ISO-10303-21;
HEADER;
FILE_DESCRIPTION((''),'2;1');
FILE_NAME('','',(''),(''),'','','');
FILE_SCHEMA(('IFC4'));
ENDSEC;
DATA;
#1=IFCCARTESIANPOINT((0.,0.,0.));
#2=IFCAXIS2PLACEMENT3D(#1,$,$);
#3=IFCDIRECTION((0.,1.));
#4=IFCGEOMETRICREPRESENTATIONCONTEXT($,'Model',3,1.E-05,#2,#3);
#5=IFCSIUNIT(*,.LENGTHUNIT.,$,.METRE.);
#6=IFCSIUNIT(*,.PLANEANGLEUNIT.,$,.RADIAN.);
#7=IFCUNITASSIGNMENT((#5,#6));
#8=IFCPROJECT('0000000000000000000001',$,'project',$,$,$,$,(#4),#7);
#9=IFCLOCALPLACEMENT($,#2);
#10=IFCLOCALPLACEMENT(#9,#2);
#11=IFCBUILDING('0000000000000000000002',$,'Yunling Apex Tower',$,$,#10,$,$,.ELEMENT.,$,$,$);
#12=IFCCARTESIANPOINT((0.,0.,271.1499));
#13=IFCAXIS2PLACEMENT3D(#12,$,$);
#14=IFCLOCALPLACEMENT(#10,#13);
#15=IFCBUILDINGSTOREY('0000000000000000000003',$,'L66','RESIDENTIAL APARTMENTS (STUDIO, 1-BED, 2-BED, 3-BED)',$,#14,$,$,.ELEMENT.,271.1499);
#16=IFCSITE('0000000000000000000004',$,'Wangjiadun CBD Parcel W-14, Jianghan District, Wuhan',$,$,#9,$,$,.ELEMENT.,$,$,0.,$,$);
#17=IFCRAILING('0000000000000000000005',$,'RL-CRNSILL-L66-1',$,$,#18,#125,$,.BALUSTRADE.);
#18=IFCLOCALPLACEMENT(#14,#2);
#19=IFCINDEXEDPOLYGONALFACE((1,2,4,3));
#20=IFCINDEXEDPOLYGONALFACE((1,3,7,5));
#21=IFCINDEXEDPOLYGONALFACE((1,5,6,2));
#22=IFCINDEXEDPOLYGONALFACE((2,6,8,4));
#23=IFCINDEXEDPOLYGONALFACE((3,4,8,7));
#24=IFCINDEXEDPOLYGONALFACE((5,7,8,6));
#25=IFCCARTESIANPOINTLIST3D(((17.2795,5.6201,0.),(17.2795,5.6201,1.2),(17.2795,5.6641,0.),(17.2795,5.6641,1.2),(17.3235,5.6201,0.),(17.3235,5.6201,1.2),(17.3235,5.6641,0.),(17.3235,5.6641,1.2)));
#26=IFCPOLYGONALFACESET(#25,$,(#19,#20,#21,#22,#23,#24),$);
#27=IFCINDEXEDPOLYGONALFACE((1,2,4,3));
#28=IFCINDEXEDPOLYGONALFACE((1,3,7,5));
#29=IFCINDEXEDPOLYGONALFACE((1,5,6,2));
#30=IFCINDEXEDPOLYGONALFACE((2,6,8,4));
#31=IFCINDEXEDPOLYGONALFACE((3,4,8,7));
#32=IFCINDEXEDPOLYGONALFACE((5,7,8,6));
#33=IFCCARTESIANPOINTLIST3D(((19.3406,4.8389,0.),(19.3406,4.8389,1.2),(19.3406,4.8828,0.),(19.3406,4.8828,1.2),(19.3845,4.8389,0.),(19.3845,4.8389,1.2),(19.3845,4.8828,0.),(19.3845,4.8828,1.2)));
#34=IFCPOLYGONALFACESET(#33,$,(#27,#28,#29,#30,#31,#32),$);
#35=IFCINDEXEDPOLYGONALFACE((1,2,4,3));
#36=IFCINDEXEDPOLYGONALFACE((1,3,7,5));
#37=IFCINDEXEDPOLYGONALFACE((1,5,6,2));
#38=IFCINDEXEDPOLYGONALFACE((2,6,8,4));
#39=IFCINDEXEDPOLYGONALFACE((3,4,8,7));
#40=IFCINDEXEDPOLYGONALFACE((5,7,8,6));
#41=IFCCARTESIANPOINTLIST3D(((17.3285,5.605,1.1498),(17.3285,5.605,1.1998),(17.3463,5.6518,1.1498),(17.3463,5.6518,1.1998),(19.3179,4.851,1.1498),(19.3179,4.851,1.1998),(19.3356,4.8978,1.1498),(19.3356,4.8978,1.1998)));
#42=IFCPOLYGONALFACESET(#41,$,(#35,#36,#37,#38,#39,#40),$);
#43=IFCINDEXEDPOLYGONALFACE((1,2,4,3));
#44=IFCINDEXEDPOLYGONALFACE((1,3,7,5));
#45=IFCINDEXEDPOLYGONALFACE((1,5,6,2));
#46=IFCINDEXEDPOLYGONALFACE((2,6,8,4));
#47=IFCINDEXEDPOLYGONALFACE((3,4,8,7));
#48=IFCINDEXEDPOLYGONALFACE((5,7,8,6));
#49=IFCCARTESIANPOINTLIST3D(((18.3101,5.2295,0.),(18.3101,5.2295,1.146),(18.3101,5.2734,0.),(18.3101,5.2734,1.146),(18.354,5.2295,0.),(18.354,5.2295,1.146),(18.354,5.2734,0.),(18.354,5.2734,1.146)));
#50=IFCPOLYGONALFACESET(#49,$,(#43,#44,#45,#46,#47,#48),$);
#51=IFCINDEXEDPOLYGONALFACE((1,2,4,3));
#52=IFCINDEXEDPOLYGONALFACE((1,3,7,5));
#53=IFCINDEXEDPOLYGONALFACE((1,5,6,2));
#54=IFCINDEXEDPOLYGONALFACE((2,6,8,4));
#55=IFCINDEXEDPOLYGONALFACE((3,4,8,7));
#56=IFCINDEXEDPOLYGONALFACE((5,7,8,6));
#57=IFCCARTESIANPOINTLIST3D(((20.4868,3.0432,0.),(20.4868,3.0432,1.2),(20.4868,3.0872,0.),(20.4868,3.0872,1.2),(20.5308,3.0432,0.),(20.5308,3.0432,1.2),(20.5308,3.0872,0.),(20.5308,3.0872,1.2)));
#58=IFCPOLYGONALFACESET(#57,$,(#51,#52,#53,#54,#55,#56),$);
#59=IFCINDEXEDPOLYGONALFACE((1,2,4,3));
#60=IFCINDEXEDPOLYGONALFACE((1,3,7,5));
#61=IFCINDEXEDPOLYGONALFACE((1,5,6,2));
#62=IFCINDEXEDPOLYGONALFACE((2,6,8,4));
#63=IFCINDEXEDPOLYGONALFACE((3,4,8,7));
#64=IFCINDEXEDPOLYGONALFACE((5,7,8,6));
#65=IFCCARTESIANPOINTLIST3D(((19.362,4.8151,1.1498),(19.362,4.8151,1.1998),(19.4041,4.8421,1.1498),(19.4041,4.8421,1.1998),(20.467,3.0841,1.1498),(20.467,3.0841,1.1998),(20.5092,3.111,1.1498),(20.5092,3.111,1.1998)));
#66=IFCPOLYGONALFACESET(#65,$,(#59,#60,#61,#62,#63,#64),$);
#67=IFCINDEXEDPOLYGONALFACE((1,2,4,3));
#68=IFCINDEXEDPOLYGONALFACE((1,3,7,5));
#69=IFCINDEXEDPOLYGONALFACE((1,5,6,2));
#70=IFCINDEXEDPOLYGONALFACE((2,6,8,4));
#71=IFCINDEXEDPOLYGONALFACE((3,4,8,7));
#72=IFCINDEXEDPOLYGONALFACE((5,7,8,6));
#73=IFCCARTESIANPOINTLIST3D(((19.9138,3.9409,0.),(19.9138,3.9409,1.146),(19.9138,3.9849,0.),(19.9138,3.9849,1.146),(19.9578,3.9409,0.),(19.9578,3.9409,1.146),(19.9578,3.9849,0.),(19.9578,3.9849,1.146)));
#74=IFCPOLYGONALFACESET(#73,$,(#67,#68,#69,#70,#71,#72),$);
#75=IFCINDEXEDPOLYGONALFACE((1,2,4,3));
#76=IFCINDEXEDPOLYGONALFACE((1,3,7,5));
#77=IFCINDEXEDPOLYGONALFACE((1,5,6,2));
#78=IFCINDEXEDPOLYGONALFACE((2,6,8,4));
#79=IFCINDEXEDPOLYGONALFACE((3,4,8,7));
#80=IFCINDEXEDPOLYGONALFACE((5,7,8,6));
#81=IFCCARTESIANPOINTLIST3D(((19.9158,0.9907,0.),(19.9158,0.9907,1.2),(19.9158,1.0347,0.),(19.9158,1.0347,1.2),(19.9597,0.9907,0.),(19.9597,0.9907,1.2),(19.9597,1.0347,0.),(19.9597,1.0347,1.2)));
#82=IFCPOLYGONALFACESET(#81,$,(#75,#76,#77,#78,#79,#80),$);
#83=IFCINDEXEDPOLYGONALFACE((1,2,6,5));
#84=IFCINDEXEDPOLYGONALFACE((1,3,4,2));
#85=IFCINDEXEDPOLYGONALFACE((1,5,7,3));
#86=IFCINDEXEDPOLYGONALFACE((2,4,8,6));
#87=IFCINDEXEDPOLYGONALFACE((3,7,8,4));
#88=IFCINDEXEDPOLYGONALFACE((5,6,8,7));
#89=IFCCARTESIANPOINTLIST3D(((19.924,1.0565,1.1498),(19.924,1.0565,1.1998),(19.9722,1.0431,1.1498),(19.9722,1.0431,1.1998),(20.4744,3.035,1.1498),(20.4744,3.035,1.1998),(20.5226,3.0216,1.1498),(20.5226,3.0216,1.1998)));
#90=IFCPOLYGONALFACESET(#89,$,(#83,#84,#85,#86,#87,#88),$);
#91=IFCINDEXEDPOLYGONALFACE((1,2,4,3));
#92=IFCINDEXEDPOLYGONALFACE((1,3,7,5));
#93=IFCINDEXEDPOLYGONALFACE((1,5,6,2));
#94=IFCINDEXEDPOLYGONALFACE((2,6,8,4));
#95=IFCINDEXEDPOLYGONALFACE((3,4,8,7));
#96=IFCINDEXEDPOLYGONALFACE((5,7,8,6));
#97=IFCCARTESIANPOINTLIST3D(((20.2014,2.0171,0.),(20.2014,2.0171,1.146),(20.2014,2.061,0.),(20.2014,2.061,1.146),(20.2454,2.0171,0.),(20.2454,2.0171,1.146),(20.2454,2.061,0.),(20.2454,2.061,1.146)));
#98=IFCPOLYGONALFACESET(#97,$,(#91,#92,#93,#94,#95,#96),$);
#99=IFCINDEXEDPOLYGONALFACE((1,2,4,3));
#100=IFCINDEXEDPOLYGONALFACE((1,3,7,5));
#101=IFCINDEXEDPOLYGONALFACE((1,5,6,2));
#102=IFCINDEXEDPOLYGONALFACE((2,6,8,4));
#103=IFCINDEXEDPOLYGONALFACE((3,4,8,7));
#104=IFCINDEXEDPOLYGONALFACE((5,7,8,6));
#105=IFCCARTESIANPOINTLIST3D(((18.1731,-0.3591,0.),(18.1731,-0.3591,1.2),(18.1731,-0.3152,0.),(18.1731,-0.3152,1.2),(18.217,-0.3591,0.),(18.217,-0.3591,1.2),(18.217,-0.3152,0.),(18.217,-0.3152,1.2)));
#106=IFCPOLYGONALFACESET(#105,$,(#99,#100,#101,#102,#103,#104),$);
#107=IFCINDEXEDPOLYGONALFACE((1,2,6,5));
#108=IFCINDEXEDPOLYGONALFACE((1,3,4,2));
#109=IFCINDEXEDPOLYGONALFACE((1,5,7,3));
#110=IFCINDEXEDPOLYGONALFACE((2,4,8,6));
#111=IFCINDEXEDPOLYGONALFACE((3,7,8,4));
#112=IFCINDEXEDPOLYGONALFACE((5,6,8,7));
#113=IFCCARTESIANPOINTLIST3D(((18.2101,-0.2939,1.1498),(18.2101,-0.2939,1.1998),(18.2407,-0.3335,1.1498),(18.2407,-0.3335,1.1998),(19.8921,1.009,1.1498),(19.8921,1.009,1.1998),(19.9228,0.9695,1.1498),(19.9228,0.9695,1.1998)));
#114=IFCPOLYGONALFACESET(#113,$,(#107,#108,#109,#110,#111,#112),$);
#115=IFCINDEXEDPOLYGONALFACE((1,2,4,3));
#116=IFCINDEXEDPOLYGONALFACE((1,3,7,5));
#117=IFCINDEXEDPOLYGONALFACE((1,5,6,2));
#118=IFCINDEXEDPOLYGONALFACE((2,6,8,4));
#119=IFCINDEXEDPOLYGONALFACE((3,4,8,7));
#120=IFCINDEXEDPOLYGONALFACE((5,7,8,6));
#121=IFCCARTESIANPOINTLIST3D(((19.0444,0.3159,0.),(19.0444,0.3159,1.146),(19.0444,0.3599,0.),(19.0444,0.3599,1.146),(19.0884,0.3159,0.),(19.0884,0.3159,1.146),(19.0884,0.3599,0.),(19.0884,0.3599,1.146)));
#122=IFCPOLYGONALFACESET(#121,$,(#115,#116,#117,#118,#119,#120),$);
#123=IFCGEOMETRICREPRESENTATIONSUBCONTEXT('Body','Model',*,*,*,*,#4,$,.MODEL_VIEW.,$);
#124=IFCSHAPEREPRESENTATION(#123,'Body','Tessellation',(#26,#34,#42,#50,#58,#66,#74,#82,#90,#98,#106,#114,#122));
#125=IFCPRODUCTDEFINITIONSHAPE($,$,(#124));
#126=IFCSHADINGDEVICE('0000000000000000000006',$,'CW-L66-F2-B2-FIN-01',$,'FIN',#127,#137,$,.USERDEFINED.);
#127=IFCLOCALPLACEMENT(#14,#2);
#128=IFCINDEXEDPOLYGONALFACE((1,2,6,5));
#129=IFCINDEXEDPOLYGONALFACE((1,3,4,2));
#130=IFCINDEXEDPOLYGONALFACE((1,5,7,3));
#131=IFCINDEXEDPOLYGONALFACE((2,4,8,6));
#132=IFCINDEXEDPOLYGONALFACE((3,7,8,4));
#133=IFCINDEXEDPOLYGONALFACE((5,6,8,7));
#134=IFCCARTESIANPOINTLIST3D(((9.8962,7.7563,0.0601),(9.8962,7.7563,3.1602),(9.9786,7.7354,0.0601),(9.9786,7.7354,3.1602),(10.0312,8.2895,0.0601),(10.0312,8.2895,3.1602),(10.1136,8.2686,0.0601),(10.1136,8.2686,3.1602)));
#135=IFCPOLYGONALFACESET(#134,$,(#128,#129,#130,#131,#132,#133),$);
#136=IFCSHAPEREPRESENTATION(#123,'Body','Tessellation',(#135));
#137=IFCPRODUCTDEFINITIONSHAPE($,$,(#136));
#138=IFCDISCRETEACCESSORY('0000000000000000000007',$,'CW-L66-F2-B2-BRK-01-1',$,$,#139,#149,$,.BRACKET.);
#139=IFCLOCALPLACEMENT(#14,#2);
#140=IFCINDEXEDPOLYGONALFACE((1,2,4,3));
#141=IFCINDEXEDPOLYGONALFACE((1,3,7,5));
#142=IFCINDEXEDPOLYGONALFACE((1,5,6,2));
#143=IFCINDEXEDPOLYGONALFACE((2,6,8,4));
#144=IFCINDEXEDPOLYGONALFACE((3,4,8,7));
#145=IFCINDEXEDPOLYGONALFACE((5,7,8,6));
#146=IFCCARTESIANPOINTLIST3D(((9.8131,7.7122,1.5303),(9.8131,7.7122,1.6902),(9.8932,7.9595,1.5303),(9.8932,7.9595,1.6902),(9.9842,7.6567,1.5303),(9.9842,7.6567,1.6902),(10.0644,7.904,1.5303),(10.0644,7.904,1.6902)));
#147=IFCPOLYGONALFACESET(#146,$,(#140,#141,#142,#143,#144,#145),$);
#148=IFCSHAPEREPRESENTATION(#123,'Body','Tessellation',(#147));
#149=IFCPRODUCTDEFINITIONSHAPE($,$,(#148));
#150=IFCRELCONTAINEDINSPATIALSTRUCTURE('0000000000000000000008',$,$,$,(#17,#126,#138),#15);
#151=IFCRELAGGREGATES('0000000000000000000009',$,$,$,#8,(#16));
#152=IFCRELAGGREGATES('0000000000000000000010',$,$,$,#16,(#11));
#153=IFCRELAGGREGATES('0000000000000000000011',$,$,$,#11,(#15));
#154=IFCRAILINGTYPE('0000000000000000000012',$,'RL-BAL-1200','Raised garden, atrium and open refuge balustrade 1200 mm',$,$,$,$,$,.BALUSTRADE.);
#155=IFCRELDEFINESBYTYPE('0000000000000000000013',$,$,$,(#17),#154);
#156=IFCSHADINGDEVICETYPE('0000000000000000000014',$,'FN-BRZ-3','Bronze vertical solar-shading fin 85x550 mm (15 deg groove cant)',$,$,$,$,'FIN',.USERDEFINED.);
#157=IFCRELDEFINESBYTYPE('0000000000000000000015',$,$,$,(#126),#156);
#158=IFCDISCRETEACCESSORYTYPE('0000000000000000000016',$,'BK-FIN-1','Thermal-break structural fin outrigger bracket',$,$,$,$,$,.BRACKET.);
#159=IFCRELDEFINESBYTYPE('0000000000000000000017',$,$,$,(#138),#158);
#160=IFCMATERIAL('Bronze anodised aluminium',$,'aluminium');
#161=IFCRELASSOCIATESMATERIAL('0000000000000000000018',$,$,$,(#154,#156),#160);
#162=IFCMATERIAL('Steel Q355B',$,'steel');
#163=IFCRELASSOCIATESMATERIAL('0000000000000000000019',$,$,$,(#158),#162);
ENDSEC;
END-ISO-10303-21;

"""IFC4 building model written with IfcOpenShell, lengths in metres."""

from ifc_helpers import new_model, si_unit, direction, frame, origin, origin_2d, place, context, subcontext, project, spatial, rectangle, extrude, source, transform, mapped, material, material_profile, profile_set, type_object, element, save


model = new_model("IFC4")

# Units and contexts
model_context = context("Model", 3, precision=1e-05, world=origin(), true_north=direction((0.0, 1.0)))
body_context = subcontext(model_context, "Body", "Model", "MODEL_VIEW")
ifc_project = project(units=[si_unit("LENGTHUNIT", "METRE"), si_unit("PLANEANGLEUNIT", "RADIAN")], contexts=[model_context])

# Site, building, storey
site_placement = place(None, origin())
site = spatial("IfcSite", under=ifc_project, at=site_placement, Name="Wangjiadun CBD Parcel W-14, Jianghan District, Wuhan", CompositionType="ELEMENT", RefElevation=0.0)
building_placement = place(site_placement, origin())
building = spatial("IfcBuilding", under=site, at=building_placement, Name="Yunling Apex Tower", CompositionType="ELEMENT")
storey_placement = place(building_placement, frame((0.0, 0.0, 271.1499)))
storey = spatial("IfcBuildingStorey", under=building, at=storey_placement, Name="L66", Description="RESIDENTIAL APARTMENTS (STUDIO, 1-BED, 2-BED, 3-BED)", CompositionType="ELEMENT", Elevation=271.1499)

# Shared definitions
ifc_material_1 = material(Name="Steel Q355B", Category="steel")

# Shared definitions
ifc_material_2 = material(Name="Bronze anodised aluminium", Category="aluminium")

# Railing
railing_type = type_object("IfcRailingType", Name="RL-BAL-1200", Description="Raised garden, atrium and open refuge balustrade 1200 mm", PredefinedType="BALUSTRADE", material=ifc_material_2)
railing_placement = place(storey_placement, frame((17.3015, 5.6421, 0.0)))
element("IfcRailing", 1, at=railing_placement, inside=storey, type_object=railing_type, Name="RL-CRNSILL-L66-1", PredefinedType="BALUSTRADE", context=body_context, shape_type="SweptSolid", body=[
    extrude(rectangle(XDim=0.0439, YDim=0.0439, at=origin_2d()), origin(), (0.0, 0.0, 1.0), 1.2),
    extrude(rectangle(XDim=0.0439, YDim=0.0439, at=origin_2d()), frame((2.061, -0.7812, 0.0)), (0.0, 0.0, 1.0), 1.2),
    extrude(rectangle(XDim=0.05, YDim=0.05, at=origin_2d()), frame((0.0359, -0.0137, 1.1748), z_axis=(0.935076, -0.354447, 0.0), x_axis=(0.354447, 0.935076, 0.0)), (0.0, 0.0, 1.0), 2.1274),
    extrude(rectangle(XDim=0.0439, YDim=0.0439, at=origin_2d()), frame((1.0305, -0.3906, 0.0)), (0.0, 0.0, 1.0), 1.146),
    extrude(rectangle(XDim=0.0439, YDim=0.0439, at=origin_2d()), frame((3.2073, -2.5769, 0.0)), (0.0, 0.0, 1.0), 1.2),
    extrude(rectangle(XDim=0.05, YDim=0.05, at=origin_2d()), frame((2.0815, -0.8135, 1.1748), z_axis=(0.538061, -0.842906, 0.0), x_axis=(0.842906, 0.538061, 0.0)), (0.0, 0.0, 1.0), 2.0537),
    extrude(rectangle(XDim=0.0439, YDim=0.0439, at=origin_2d()), frame((2.6343, -1.6792, 0.0)), (0.0, 0.0, 1.0), 1.146),
    extrude(rectangle(XDim=0.0439, YDim=0.0439, at=origin_2d()), frame((2.6362, -4.6294, 0.0)), (0.0, 0.0, 1.0), 1.2),
    extrude(rectangle(XDim=0.05, YDim=0.05, at=origin_2d()), frame((3.197, -2.6138, 1.1748), z_axis=(-0.26804, -0.963408, 0.0), x_axis=(0.963408, -0.26804, 0.0)), (0.0, 0.0, 1.0), 2.0537),
    extrude(rectangle(XDim=0.0439, YDim=0.0439, at=origin_2d()), frame((2.9219, -3.603, 0.0)), (0.0, 0.0, 1.0), 1.146),
    extrude(rectangle(XDim=0.0439, YDim=0.0439, at=origin_2d()), frame((0.8936, -5.9792, 0.0)), (0.0, 0.0, 1.0), 1.2),
    extrude(rectangle(XDim=0.05, YDim=0.05, at=origin_2d()), frame((2.606, -4.6528, 1.1748), z_axis=(-0.790573, -0.612368, 0.0), x_axis=(0.612368, -0.790573, 0.0)), (0.0, 0.0, 1.0), 2.1277),
    extrude(rectangle(XDim=0.0439, YDim=0.0439, at=origin_2d()), frame((1.7649, -5.3042, 0.0)), (0.0, 0.0, 1.0), 1.146),
])

# Shading device
ifc_material_profile_1 = material_profile(ifc_material_2, rectangle(XDim=0.085, YDim=0.55, at=origin_2d()))
ifc_profile_set_1 = profile_set([ifc_material_profile_1], Name="Bronze anodised aluminium")
shading_device_type = type_object("IfcShadingDeviceType", Name="FN-BRZ-3", Description="Bronze vertical solar-shading fin 85x550 mm (15 deg groove cant)", ElementType="FIN", PredefinedType="USERDEFINED", material=ifc_profile_set_1)
shared_shape_1 = source(origin(), body_context, "Body", "SweptSolid", [
    extrude(rectangle(XDim=0.085, YDim=0.55, at=origin_2d()), origin(), (0.0, 0.0, 1.0), 3.1001),
])
shading_device_placement = place(storey_placement, frame((10.0049, 8.0125, 0.0601), z_axis=(0.0, 0.0, 1.0), x_axis=(-0.969403, 0.245477, 0.0)))
element("IfcShadingDevice", 2, at=shading_device_placement, inside=storey, type_object=shading_device_type, Name="CW-L66-F2-B2-FIN-01", ObjectType="FIN", PredefinedType="USERDEFINED", context=body_context, shape_type="MappedRepresentation", body=[
    mapped(shared_shape_1, transform((0.0, 0.0, 0.0), scale=1.0)),
])

# Discrete accessory
discrete_accessory_type = type_object("IfcDiscreteAccessoryType", Name="BK-FIN-1", Description="Thermal-break structural fin outrigger bracket", PredefinedType="BRACKET", material=ifc_material_1)
shared_shape_2 = source(origin(), body_context, "Body", "SweptSolid", [
    extrude(rectangle(XDim=0.1799, YDim=0.26, at=origin_2d()), origin(), (0.0, 0.0, 1.0), 0.1599),
])
discrete_accessory_placement = place(storey_placement, frame((9.9387, 7.8081, 1.5303), z_axis=(0.0, 0.0, 1.0), x_axis=(-0.951272, 0.308353, 0.0)))
element("IfcDiscreteAccessory", 3, at=discrete_accessory_placement, inside=storey, type_object=discrete_accessory_type, Name="CW-L66-F2-B2-BRK-01-1", PredefinedType="BRACKET", context=body_context, shape_type="MappedRepresentation", body=[
    mapped(shared_shape_2, transform((0.0, 0.0, 0.0), scale=1.0)),
])

save(model, "model.ifc")
